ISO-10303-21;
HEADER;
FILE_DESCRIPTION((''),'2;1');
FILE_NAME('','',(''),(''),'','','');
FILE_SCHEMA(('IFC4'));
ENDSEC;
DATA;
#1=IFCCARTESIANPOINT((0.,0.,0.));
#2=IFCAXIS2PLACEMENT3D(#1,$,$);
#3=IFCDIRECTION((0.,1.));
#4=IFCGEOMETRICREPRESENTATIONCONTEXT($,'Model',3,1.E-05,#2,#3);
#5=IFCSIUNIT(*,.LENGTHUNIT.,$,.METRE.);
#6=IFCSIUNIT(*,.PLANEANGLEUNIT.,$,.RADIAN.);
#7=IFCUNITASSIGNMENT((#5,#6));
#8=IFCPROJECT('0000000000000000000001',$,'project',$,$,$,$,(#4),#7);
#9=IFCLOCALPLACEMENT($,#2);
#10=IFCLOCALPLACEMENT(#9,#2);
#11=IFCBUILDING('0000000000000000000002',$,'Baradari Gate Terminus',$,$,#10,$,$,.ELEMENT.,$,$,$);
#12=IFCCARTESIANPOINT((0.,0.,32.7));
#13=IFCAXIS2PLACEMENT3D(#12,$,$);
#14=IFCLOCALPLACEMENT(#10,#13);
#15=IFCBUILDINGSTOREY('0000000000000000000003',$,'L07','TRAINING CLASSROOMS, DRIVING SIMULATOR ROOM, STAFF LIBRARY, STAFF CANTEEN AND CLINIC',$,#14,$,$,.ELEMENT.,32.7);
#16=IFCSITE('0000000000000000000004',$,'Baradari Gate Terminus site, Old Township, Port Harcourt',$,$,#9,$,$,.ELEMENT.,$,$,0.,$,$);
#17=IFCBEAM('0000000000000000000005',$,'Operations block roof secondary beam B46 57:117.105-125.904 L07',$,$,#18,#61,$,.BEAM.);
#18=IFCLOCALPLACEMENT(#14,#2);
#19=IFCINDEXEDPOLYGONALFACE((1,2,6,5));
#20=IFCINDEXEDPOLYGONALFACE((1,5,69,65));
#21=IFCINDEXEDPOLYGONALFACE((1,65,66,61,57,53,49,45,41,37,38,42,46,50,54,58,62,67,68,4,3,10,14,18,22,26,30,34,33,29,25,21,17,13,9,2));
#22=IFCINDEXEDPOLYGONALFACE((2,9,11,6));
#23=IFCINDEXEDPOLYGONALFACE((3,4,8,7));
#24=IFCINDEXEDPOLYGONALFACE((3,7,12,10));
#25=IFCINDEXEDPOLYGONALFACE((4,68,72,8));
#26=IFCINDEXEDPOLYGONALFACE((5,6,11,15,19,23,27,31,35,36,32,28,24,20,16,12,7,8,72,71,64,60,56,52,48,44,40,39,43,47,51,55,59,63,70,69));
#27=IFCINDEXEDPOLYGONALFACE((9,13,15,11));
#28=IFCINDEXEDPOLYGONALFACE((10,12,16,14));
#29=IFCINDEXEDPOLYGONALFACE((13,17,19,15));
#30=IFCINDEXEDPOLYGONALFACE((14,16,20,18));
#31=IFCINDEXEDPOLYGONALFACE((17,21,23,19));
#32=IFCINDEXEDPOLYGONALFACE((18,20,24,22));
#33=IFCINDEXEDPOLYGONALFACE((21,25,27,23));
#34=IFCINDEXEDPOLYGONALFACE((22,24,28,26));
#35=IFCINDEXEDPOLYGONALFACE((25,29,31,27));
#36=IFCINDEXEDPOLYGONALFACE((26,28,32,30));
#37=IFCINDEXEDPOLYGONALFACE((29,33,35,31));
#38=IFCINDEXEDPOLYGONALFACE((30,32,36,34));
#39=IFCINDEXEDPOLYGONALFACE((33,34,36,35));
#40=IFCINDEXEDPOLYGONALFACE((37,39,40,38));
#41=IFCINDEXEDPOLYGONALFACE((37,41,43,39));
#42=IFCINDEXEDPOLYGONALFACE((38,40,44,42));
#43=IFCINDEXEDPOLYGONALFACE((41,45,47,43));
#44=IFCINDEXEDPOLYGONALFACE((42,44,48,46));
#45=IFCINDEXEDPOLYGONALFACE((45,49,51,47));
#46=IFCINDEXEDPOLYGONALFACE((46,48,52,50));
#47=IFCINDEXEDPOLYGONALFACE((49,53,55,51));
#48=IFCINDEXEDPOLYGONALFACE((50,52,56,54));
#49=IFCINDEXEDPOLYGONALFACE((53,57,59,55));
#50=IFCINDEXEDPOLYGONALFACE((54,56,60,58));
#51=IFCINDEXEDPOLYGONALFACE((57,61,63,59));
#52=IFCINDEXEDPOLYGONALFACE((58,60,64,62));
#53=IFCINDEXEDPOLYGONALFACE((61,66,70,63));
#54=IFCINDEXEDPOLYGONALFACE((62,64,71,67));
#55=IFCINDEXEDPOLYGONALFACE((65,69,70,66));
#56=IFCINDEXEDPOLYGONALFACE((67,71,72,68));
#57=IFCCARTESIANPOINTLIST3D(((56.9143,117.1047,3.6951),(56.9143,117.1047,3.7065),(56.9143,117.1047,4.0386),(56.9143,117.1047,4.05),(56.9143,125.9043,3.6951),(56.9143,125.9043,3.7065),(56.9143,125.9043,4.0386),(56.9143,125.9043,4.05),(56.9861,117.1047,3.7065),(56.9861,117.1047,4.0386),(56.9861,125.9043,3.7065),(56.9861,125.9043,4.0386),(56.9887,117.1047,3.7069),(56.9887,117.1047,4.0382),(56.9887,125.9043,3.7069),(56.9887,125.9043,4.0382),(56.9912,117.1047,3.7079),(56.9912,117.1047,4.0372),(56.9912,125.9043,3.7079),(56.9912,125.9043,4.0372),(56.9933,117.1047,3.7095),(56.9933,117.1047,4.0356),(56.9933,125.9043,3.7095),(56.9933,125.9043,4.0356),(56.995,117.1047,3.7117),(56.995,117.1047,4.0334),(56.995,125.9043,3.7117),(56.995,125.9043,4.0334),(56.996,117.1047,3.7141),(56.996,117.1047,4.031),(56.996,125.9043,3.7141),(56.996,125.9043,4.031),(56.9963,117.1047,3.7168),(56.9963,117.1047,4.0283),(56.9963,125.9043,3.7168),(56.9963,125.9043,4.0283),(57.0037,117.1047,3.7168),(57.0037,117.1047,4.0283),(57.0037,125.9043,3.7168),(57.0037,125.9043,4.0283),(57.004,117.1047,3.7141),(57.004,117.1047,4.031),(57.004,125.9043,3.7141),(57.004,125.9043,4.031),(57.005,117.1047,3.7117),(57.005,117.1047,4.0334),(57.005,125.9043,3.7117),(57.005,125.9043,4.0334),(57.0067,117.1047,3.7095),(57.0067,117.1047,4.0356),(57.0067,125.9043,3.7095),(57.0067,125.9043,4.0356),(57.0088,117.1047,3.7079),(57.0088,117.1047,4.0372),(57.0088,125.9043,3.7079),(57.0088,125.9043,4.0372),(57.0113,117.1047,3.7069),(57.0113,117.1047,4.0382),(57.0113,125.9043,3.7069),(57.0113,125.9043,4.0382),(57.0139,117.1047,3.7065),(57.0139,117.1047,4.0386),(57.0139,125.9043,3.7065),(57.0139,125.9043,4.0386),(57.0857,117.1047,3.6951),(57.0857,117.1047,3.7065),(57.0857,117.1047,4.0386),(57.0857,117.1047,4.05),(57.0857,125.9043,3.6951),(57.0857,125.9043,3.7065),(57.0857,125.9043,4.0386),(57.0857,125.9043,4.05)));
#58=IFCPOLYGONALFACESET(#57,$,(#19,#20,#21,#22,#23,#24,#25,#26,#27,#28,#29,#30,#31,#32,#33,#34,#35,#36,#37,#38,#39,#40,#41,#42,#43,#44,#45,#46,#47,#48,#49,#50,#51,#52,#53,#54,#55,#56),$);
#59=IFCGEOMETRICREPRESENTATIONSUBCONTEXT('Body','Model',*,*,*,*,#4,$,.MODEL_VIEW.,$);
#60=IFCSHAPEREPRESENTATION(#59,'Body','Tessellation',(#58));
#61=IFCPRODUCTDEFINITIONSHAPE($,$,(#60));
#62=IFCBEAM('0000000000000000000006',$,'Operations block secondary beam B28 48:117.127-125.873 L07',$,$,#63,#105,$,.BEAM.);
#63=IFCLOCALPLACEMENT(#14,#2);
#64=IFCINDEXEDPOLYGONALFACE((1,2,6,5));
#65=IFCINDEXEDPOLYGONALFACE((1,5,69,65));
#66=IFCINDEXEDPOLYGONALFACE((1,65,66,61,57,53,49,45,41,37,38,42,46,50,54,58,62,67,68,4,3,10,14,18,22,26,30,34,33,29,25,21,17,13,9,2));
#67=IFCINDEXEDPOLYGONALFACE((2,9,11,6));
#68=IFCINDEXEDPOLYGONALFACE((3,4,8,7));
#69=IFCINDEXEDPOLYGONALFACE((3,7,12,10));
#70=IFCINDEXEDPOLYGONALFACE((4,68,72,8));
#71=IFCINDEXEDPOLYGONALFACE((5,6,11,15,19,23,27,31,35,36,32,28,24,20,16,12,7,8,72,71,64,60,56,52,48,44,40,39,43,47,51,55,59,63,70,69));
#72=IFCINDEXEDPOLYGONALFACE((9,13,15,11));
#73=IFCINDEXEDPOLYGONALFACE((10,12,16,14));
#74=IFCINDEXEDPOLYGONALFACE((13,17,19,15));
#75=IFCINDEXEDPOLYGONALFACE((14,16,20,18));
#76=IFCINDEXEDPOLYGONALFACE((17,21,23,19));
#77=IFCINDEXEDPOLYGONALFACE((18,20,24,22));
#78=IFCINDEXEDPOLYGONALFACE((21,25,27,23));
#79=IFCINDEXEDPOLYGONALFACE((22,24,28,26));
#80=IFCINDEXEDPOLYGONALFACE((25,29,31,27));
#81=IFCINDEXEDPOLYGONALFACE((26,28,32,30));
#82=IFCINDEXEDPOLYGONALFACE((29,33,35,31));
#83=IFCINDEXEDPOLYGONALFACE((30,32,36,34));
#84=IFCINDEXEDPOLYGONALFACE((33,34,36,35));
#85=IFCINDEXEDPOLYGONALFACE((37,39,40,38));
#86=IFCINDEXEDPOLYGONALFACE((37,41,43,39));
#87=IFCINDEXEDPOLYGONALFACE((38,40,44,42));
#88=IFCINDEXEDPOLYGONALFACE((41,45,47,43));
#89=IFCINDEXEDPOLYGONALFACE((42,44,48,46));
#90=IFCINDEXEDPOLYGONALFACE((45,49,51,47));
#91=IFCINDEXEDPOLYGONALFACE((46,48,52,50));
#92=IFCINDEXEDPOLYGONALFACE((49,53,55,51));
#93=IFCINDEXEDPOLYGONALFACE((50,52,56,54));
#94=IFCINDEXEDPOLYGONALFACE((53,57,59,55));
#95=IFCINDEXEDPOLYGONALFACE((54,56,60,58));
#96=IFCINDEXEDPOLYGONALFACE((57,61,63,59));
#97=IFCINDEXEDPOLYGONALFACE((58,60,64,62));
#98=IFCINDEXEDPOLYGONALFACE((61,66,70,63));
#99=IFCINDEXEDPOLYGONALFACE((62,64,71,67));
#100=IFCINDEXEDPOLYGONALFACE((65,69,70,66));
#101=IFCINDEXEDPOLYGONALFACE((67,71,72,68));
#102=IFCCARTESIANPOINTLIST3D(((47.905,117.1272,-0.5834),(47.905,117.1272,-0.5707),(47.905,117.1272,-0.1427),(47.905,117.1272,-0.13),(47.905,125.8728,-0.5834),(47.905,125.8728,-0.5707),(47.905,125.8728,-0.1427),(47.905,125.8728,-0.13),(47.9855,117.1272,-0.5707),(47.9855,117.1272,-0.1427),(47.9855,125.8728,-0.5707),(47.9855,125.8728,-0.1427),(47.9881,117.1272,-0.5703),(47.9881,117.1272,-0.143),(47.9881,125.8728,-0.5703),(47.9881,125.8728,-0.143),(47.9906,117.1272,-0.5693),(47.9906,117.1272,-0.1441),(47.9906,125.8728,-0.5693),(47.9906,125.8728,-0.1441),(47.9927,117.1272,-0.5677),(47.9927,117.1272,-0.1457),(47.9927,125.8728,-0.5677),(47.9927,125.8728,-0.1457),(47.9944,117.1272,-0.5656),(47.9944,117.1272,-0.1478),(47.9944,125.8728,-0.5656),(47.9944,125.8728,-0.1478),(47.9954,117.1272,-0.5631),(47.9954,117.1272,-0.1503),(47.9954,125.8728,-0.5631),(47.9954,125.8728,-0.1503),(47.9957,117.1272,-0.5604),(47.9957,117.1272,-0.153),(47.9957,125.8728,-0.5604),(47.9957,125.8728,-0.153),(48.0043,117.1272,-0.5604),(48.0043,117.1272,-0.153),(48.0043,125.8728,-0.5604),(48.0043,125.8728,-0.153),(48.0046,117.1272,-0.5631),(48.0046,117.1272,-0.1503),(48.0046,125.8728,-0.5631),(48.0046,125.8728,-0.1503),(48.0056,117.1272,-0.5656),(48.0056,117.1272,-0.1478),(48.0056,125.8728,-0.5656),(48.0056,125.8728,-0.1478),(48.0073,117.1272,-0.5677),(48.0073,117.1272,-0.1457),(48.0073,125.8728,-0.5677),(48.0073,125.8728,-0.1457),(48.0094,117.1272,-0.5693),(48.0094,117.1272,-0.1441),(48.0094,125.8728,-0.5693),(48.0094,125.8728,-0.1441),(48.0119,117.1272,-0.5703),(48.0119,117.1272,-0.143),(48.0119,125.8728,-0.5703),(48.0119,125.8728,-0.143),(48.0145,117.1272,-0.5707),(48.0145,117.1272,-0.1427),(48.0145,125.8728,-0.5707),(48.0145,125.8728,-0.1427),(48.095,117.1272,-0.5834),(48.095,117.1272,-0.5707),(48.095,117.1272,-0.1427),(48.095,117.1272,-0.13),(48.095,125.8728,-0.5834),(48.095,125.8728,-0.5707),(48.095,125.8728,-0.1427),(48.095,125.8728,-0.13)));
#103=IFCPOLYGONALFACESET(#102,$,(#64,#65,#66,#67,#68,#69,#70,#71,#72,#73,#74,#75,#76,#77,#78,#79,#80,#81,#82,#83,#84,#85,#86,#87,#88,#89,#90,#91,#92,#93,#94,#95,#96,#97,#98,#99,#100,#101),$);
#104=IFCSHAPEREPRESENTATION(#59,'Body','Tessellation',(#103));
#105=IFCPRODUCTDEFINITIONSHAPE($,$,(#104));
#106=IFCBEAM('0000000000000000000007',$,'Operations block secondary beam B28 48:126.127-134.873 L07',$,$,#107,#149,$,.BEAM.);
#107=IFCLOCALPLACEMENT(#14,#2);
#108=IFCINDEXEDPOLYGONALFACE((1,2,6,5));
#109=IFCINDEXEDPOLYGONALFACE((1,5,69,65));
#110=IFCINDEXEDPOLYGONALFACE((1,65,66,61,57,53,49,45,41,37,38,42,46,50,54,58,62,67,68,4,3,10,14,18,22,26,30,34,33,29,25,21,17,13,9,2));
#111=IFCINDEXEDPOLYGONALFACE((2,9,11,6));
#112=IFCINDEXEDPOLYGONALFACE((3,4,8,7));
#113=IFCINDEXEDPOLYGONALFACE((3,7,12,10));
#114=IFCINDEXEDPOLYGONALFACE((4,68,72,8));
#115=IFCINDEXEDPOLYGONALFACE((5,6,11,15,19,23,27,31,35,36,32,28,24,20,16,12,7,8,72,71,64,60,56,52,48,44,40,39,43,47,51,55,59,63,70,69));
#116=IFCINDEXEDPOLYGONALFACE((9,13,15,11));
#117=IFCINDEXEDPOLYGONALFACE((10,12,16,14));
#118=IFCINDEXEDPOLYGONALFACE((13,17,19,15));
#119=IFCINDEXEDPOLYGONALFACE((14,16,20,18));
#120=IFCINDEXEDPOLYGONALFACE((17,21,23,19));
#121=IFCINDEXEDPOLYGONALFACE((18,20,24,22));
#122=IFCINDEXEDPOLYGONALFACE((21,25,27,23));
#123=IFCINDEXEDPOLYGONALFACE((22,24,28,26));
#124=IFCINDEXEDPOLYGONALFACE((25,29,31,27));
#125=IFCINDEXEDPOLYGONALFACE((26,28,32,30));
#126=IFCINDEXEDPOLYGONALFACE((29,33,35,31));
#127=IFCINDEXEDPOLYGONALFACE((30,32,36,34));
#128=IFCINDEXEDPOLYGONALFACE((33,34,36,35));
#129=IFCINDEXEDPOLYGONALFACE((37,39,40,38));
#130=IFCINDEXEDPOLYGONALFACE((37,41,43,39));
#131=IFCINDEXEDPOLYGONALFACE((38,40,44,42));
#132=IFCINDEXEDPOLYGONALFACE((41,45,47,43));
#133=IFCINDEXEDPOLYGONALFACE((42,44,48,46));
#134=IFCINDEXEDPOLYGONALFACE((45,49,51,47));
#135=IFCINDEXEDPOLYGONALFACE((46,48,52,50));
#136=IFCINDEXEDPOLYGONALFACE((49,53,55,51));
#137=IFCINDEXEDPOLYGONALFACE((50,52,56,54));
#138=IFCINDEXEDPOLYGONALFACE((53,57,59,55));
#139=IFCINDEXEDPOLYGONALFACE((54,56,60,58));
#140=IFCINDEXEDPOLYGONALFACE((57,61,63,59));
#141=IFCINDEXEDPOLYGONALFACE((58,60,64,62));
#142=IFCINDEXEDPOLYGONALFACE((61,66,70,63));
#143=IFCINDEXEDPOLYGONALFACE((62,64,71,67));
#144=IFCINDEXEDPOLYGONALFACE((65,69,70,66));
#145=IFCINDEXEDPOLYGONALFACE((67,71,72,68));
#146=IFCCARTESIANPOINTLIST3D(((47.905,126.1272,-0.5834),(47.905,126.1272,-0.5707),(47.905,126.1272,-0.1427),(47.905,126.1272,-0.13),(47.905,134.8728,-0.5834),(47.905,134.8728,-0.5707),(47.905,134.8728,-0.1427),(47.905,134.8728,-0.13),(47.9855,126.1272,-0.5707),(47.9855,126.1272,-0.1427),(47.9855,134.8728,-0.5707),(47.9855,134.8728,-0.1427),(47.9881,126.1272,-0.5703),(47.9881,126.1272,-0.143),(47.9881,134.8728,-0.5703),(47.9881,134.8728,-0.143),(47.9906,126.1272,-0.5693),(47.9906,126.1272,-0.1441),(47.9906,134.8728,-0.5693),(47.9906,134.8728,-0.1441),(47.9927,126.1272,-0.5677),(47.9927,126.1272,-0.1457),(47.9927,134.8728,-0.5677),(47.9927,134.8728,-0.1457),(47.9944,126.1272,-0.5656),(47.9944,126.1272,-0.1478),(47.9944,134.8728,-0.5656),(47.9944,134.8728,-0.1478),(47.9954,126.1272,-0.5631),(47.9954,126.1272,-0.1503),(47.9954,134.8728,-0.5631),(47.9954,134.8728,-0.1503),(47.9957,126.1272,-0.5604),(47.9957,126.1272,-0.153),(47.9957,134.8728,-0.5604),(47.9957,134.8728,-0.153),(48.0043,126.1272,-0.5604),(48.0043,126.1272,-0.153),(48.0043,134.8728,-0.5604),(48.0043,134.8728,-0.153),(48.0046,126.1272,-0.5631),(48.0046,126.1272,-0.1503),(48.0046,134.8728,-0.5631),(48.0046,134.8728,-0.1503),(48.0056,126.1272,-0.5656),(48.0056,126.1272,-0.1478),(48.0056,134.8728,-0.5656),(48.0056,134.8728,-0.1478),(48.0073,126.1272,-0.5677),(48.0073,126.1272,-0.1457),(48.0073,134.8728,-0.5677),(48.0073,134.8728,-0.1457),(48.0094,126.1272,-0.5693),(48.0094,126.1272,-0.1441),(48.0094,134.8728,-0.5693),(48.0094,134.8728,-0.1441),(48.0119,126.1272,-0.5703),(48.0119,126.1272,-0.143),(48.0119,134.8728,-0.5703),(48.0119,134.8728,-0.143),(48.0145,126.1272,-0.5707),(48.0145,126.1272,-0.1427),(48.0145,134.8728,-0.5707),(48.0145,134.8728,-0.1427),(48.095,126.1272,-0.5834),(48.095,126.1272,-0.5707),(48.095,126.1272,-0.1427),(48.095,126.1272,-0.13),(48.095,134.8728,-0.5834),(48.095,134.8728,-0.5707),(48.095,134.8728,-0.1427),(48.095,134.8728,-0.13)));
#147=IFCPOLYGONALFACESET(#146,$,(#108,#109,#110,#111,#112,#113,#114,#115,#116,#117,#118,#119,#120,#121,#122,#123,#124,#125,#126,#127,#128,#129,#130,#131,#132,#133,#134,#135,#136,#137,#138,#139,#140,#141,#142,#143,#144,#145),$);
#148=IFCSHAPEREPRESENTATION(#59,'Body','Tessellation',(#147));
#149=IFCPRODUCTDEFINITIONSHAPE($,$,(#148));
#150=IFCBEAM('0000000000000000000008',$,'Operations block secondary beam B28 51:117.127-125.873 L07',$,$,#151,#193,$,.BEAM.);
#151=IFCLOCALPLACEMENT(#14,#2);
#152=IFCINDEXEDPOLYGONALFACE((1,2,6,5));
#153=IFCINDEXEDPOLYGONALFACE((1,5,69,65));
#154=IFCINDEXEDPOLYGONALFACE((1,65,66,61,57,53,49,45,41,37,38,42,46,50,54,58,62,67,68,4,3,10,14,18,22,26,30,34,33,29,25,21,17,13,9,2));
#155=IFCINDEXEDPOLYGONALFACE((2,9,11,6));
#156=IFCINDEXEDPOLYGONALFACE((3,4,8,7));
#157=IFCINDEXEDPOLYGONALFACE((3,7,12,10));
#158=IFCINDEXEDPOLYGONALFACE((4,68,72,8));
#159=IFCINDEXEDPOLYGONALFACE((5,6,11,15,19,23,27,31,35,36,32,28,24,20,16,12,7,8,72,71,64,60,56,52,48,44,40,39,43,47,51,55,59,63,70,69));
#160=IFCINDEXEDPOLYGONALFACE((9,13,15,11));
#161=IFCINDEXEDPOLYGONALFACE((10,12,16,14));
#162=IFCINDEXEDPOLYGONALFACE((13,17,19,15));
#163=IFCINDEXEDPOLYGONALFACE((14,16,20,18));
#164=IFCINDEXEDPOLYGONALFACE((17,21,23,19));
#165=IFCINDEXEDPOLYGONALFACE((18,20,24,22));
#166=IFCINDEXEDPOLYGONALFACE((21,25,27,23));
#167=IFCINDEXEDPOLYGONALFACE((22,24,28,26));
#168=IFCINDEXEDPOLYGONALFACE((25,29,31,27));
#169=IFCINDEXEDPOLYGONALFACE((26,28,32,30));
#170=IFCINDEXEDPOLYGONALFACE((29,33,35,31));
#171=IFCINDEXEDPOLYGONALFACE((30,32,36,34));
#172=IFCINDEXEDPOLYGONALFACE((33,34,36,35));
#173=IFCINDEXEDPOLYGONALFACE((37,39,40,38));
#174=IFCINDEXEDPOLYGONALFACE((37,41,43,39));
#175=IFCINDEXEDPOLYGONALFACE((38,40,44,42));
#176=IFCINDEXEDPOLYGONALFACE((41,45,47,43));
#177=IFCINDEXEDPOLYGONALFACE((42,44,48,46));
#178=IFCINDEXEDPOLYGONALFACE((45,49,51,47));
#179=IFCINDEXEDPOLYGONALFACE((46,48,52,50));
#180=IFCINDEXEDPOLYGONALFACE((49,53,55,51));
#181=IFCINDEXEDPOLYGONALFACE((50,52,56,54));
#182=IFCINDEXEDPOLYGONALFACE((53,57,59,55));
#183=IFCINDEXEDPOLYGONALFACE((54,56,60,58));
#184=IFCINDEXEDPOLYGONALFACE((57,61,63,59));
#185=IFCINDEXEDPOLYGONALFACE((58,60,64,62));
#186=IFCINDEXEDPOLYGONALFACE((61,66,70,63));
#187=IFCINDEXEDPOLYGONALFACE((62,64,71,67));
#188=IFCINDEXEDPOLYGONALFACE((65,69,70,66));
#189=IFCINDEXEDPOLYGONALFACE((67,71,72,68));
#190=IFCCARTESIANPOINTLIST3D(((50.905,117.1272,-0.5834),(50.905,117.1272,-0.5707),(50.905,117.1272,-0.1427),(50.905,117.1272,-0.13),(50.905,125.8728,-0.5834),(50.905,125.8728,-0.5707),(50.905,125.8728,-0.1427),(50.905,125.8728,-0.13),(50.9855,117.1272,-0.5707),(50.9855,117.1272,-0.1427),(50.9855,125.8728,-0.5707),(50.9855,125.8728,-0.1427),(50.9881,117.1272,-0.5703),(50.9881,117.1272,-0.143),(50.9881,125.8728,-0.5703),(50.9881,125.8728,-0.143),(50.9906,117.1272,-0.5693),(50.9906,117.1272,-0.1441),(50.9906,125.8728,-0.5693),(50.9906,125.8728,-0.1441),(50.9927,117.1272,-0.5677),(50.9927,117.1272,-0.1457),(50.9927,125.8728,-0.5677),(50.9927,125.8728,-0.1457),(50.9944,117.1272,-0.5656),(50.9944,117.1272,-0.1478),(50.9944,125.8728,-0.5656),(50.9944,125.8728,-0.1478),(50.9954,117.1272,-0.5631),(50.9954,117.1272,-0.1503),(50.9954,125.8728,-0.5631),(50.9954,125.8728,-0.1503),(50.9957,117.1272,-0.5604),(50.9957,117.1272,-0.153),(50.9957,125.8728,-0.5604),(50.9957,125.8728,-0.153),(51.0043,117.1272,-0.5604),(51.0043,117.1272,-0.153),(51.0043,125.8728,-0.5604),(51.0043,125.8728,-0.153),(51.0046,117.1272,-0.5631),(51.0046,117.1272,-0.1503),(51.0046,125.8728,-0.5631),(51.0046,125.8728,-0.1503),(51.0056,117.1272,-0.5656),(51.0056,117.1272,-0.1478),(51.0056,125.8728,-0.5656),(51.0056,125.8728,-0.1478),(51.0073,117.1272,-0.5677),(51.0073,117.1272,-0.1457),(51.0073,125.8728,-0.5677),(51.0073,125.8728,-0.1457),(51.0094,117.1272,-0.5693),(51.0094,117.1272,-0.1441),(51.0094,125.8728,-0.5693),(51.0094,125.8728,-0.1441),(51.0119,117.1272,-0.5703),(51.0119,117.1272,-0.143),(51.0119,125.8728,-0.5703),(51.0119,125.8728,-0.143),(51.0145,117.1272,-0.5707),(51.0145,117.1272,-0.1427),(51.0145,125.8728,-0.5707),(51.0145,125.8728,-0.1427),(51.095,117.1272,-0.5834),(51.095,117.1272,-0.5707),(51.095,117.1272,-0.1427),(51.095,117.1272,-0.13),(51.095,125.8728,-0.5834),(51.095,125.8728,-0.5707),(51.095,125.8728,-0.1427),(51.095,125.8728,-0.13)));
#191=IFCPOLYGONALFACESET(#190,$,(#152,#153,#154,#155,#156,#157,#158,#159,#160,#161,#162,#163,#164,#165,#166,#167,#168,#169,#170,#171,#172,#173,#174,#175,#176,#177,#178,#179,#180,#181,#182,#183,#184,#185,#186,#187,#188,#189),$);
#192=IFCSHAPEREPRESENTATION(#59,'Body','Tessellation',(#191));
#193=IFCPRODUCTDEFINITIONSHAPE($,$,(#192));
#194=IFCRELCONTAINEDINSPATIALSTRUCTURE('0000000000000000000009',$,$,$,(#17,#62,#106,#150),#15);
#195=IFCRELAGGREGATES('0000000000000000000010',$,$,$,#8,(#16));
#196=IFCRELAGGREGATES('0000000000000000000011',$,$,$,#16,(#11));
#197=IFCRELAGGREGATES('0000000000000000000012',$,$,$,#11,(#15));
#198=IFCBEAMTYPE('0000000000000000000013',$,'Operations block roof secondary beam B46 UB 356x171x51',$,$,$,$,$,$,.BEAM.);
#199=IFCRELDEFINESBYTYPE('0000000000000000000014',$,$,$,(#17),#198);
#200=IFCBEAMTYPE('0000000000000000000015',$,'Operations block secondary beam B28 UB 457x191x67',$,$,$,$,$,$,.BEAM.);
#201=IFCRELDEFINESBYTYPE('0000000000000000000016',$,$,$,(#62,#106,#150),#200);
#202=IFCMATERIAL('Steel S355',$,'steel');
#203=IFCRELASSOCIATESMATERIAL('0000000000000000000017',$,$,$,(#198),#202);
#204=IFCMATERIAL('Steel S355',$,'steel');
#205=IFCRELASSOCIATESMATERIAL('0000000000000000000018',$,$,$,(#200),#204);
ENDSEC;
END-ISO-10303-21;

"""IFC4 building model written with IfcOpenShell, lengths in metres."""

from ifc_helpers import new_model, si_unit, direction, frame, origin, origin_2d, place, context, subcontext, project, spatial, i_section, extrude, material, material_profile, profile_set, type_object, element, save


model = new_model("IFC4")

# Units and contexts
model_context = context("Model", 3, precision=1e-05, world=origin(), true_north=direction((0.0, 1.0)))
body_context = subcontext(model_context, "Body", "Model", "MODEL_VIEW")
ifc_project = project(units=[si_unit("LENGTHUNIT", "METRE"), si_unit("PLANEANGLEUNIT", "RADIAN")], contexts=[model_context])

# Site, building, storey
site_placement = place(None, origin())
site = spatial("IfcSite", under=ifc_project, at=site_placement, Name="Baradari Gate Terminus site, Old Township, Port Harcourt", CompositionType="ELEMENT", RefElevation=0.0)
building_placement = place(site_placement, origin())
building = spatial("IfcBuilding", under=site, at=building_placement, Name="Baradari Gate Terminus", CompositionType="ELEMENT")
storey_placement = place(building_placement, frame((0.0, 0.0, 32.7)))
storey = spatial("IfcBuildingStorey", under=building, at=storey_placement, Name="L07", Description="TRAINING CLASSROOMS, DRIVING SIMULATOR ROOM, STAFF LIBRARY, STAFF CANTEEN AND CLINIC", CompositionType="ELEMENT", Elevation=32.7)

# Beams
ifc_material_1 = material(Name="Steel S355", Category="steel")
ifc_material_profile_1 = material_profile(ifc_material_1, i_section(OverallWidth=0.1714, OverallDepth=0.355, WebThickness=0.0073, FlangeThickness=0.0115, FilletRadius=0.0103, at=origin_2d()), Name="UB 356x171x51")
ifc_profile_set_1 = profile_set([ifc_material_profile_1], Name="Steel S355")
beam_type_1 = type_object("IfcBeamType", Name="Operations block roof secondary beam B46 UB 356x171x51", PredefinedType="BEAM", material=ifc_profile_set_1)
beam_1_placement = place(storey_placement, frame((57.0, 117.1047, 3.8726), z_axis=(0.0, 1.0, 0.0), x_axis=(-1.0, 0.0, 0.0)))
element("IfcBeam", 1, at=beam_1_placement, inside=storey, type_object=beam_type_1, Name="Operations block roof secondary beam B46 57:117.105-125.904 L07", PredefinedType="BEAM", context=body_context, shape_type="SweptSolid", body=[
    extrude(i_section(OverallWidth=0.1714, OverallDepth=0.355, WebThickness=0.0073, FlangeThickness=0.0115, FilletRadius=0.0103, at=origin_2d()), origin(), (0.0, 0.0, 1.0), 8.7996),
])
ifc_material_2 = material(Name="Steel S355", Category="steel")
ifc_material_profile_2 = material_profile(ifc_material_2, i_section(OverallWidth=0.1899, OverallDepth=0.4534, WebThickness=0.0085, FlangeThickness=0.0127, FilletRadius=0.0103, at=origin_2d()), Name="UB 457x191x67")
ifc_profile_set_2 = profile_set([ifc_material_profile_2], Name="Steel S355")
beam_type_2 = type_object("IfcBeamType", Name="Operations block secondary beam B28 UB 457x191x67", PredefinedType="BEAM", material=ifc_profile_set_2)
for number, where, z_axis, x_axis, name in (
    (2, (48.0, 117.1272, -0.3567), (0.0, 1.0, 0.0), (-1.0, 0.0, 0.0), "Operations block secondary beam B28 48:117.127-125.873 L07"),
    (3, (48.0, 126.1272, -0.3567), (0.0, 1.0, 0.0), (-1.0, 0.0, 0.0), "Operations block secondary beam B28 48:126.127-134.873 L07"),
    (4, (51.0, 117.1272, -0.3567), (0.0, 1.0, 0.0), (-1.0, 0.0, 0.0), "Operations block secondary beam B28 51:117.127-125.873 L07"),
):
    element("IfcBeam", number, at=place(storey_placement, frame(where, z_axis=z_axis, x_axis=x_axis)), inside=storey, type_object=beam_type_2, Name=name, PredefinedType="BEAM", context=body_context, shape_type="SweptSolid", body=[
        extrude(i_section(OverallWidth=0.1899, OverallDepth=0.4534, WebThickness=0.0085, FlangeThickness=0.0127, FilletRadius=0.0103, at=origin_2d()), origin(), (0.0, 0.0, 1.0), 8.7456),
    ])

save(model, "model.ifc")
